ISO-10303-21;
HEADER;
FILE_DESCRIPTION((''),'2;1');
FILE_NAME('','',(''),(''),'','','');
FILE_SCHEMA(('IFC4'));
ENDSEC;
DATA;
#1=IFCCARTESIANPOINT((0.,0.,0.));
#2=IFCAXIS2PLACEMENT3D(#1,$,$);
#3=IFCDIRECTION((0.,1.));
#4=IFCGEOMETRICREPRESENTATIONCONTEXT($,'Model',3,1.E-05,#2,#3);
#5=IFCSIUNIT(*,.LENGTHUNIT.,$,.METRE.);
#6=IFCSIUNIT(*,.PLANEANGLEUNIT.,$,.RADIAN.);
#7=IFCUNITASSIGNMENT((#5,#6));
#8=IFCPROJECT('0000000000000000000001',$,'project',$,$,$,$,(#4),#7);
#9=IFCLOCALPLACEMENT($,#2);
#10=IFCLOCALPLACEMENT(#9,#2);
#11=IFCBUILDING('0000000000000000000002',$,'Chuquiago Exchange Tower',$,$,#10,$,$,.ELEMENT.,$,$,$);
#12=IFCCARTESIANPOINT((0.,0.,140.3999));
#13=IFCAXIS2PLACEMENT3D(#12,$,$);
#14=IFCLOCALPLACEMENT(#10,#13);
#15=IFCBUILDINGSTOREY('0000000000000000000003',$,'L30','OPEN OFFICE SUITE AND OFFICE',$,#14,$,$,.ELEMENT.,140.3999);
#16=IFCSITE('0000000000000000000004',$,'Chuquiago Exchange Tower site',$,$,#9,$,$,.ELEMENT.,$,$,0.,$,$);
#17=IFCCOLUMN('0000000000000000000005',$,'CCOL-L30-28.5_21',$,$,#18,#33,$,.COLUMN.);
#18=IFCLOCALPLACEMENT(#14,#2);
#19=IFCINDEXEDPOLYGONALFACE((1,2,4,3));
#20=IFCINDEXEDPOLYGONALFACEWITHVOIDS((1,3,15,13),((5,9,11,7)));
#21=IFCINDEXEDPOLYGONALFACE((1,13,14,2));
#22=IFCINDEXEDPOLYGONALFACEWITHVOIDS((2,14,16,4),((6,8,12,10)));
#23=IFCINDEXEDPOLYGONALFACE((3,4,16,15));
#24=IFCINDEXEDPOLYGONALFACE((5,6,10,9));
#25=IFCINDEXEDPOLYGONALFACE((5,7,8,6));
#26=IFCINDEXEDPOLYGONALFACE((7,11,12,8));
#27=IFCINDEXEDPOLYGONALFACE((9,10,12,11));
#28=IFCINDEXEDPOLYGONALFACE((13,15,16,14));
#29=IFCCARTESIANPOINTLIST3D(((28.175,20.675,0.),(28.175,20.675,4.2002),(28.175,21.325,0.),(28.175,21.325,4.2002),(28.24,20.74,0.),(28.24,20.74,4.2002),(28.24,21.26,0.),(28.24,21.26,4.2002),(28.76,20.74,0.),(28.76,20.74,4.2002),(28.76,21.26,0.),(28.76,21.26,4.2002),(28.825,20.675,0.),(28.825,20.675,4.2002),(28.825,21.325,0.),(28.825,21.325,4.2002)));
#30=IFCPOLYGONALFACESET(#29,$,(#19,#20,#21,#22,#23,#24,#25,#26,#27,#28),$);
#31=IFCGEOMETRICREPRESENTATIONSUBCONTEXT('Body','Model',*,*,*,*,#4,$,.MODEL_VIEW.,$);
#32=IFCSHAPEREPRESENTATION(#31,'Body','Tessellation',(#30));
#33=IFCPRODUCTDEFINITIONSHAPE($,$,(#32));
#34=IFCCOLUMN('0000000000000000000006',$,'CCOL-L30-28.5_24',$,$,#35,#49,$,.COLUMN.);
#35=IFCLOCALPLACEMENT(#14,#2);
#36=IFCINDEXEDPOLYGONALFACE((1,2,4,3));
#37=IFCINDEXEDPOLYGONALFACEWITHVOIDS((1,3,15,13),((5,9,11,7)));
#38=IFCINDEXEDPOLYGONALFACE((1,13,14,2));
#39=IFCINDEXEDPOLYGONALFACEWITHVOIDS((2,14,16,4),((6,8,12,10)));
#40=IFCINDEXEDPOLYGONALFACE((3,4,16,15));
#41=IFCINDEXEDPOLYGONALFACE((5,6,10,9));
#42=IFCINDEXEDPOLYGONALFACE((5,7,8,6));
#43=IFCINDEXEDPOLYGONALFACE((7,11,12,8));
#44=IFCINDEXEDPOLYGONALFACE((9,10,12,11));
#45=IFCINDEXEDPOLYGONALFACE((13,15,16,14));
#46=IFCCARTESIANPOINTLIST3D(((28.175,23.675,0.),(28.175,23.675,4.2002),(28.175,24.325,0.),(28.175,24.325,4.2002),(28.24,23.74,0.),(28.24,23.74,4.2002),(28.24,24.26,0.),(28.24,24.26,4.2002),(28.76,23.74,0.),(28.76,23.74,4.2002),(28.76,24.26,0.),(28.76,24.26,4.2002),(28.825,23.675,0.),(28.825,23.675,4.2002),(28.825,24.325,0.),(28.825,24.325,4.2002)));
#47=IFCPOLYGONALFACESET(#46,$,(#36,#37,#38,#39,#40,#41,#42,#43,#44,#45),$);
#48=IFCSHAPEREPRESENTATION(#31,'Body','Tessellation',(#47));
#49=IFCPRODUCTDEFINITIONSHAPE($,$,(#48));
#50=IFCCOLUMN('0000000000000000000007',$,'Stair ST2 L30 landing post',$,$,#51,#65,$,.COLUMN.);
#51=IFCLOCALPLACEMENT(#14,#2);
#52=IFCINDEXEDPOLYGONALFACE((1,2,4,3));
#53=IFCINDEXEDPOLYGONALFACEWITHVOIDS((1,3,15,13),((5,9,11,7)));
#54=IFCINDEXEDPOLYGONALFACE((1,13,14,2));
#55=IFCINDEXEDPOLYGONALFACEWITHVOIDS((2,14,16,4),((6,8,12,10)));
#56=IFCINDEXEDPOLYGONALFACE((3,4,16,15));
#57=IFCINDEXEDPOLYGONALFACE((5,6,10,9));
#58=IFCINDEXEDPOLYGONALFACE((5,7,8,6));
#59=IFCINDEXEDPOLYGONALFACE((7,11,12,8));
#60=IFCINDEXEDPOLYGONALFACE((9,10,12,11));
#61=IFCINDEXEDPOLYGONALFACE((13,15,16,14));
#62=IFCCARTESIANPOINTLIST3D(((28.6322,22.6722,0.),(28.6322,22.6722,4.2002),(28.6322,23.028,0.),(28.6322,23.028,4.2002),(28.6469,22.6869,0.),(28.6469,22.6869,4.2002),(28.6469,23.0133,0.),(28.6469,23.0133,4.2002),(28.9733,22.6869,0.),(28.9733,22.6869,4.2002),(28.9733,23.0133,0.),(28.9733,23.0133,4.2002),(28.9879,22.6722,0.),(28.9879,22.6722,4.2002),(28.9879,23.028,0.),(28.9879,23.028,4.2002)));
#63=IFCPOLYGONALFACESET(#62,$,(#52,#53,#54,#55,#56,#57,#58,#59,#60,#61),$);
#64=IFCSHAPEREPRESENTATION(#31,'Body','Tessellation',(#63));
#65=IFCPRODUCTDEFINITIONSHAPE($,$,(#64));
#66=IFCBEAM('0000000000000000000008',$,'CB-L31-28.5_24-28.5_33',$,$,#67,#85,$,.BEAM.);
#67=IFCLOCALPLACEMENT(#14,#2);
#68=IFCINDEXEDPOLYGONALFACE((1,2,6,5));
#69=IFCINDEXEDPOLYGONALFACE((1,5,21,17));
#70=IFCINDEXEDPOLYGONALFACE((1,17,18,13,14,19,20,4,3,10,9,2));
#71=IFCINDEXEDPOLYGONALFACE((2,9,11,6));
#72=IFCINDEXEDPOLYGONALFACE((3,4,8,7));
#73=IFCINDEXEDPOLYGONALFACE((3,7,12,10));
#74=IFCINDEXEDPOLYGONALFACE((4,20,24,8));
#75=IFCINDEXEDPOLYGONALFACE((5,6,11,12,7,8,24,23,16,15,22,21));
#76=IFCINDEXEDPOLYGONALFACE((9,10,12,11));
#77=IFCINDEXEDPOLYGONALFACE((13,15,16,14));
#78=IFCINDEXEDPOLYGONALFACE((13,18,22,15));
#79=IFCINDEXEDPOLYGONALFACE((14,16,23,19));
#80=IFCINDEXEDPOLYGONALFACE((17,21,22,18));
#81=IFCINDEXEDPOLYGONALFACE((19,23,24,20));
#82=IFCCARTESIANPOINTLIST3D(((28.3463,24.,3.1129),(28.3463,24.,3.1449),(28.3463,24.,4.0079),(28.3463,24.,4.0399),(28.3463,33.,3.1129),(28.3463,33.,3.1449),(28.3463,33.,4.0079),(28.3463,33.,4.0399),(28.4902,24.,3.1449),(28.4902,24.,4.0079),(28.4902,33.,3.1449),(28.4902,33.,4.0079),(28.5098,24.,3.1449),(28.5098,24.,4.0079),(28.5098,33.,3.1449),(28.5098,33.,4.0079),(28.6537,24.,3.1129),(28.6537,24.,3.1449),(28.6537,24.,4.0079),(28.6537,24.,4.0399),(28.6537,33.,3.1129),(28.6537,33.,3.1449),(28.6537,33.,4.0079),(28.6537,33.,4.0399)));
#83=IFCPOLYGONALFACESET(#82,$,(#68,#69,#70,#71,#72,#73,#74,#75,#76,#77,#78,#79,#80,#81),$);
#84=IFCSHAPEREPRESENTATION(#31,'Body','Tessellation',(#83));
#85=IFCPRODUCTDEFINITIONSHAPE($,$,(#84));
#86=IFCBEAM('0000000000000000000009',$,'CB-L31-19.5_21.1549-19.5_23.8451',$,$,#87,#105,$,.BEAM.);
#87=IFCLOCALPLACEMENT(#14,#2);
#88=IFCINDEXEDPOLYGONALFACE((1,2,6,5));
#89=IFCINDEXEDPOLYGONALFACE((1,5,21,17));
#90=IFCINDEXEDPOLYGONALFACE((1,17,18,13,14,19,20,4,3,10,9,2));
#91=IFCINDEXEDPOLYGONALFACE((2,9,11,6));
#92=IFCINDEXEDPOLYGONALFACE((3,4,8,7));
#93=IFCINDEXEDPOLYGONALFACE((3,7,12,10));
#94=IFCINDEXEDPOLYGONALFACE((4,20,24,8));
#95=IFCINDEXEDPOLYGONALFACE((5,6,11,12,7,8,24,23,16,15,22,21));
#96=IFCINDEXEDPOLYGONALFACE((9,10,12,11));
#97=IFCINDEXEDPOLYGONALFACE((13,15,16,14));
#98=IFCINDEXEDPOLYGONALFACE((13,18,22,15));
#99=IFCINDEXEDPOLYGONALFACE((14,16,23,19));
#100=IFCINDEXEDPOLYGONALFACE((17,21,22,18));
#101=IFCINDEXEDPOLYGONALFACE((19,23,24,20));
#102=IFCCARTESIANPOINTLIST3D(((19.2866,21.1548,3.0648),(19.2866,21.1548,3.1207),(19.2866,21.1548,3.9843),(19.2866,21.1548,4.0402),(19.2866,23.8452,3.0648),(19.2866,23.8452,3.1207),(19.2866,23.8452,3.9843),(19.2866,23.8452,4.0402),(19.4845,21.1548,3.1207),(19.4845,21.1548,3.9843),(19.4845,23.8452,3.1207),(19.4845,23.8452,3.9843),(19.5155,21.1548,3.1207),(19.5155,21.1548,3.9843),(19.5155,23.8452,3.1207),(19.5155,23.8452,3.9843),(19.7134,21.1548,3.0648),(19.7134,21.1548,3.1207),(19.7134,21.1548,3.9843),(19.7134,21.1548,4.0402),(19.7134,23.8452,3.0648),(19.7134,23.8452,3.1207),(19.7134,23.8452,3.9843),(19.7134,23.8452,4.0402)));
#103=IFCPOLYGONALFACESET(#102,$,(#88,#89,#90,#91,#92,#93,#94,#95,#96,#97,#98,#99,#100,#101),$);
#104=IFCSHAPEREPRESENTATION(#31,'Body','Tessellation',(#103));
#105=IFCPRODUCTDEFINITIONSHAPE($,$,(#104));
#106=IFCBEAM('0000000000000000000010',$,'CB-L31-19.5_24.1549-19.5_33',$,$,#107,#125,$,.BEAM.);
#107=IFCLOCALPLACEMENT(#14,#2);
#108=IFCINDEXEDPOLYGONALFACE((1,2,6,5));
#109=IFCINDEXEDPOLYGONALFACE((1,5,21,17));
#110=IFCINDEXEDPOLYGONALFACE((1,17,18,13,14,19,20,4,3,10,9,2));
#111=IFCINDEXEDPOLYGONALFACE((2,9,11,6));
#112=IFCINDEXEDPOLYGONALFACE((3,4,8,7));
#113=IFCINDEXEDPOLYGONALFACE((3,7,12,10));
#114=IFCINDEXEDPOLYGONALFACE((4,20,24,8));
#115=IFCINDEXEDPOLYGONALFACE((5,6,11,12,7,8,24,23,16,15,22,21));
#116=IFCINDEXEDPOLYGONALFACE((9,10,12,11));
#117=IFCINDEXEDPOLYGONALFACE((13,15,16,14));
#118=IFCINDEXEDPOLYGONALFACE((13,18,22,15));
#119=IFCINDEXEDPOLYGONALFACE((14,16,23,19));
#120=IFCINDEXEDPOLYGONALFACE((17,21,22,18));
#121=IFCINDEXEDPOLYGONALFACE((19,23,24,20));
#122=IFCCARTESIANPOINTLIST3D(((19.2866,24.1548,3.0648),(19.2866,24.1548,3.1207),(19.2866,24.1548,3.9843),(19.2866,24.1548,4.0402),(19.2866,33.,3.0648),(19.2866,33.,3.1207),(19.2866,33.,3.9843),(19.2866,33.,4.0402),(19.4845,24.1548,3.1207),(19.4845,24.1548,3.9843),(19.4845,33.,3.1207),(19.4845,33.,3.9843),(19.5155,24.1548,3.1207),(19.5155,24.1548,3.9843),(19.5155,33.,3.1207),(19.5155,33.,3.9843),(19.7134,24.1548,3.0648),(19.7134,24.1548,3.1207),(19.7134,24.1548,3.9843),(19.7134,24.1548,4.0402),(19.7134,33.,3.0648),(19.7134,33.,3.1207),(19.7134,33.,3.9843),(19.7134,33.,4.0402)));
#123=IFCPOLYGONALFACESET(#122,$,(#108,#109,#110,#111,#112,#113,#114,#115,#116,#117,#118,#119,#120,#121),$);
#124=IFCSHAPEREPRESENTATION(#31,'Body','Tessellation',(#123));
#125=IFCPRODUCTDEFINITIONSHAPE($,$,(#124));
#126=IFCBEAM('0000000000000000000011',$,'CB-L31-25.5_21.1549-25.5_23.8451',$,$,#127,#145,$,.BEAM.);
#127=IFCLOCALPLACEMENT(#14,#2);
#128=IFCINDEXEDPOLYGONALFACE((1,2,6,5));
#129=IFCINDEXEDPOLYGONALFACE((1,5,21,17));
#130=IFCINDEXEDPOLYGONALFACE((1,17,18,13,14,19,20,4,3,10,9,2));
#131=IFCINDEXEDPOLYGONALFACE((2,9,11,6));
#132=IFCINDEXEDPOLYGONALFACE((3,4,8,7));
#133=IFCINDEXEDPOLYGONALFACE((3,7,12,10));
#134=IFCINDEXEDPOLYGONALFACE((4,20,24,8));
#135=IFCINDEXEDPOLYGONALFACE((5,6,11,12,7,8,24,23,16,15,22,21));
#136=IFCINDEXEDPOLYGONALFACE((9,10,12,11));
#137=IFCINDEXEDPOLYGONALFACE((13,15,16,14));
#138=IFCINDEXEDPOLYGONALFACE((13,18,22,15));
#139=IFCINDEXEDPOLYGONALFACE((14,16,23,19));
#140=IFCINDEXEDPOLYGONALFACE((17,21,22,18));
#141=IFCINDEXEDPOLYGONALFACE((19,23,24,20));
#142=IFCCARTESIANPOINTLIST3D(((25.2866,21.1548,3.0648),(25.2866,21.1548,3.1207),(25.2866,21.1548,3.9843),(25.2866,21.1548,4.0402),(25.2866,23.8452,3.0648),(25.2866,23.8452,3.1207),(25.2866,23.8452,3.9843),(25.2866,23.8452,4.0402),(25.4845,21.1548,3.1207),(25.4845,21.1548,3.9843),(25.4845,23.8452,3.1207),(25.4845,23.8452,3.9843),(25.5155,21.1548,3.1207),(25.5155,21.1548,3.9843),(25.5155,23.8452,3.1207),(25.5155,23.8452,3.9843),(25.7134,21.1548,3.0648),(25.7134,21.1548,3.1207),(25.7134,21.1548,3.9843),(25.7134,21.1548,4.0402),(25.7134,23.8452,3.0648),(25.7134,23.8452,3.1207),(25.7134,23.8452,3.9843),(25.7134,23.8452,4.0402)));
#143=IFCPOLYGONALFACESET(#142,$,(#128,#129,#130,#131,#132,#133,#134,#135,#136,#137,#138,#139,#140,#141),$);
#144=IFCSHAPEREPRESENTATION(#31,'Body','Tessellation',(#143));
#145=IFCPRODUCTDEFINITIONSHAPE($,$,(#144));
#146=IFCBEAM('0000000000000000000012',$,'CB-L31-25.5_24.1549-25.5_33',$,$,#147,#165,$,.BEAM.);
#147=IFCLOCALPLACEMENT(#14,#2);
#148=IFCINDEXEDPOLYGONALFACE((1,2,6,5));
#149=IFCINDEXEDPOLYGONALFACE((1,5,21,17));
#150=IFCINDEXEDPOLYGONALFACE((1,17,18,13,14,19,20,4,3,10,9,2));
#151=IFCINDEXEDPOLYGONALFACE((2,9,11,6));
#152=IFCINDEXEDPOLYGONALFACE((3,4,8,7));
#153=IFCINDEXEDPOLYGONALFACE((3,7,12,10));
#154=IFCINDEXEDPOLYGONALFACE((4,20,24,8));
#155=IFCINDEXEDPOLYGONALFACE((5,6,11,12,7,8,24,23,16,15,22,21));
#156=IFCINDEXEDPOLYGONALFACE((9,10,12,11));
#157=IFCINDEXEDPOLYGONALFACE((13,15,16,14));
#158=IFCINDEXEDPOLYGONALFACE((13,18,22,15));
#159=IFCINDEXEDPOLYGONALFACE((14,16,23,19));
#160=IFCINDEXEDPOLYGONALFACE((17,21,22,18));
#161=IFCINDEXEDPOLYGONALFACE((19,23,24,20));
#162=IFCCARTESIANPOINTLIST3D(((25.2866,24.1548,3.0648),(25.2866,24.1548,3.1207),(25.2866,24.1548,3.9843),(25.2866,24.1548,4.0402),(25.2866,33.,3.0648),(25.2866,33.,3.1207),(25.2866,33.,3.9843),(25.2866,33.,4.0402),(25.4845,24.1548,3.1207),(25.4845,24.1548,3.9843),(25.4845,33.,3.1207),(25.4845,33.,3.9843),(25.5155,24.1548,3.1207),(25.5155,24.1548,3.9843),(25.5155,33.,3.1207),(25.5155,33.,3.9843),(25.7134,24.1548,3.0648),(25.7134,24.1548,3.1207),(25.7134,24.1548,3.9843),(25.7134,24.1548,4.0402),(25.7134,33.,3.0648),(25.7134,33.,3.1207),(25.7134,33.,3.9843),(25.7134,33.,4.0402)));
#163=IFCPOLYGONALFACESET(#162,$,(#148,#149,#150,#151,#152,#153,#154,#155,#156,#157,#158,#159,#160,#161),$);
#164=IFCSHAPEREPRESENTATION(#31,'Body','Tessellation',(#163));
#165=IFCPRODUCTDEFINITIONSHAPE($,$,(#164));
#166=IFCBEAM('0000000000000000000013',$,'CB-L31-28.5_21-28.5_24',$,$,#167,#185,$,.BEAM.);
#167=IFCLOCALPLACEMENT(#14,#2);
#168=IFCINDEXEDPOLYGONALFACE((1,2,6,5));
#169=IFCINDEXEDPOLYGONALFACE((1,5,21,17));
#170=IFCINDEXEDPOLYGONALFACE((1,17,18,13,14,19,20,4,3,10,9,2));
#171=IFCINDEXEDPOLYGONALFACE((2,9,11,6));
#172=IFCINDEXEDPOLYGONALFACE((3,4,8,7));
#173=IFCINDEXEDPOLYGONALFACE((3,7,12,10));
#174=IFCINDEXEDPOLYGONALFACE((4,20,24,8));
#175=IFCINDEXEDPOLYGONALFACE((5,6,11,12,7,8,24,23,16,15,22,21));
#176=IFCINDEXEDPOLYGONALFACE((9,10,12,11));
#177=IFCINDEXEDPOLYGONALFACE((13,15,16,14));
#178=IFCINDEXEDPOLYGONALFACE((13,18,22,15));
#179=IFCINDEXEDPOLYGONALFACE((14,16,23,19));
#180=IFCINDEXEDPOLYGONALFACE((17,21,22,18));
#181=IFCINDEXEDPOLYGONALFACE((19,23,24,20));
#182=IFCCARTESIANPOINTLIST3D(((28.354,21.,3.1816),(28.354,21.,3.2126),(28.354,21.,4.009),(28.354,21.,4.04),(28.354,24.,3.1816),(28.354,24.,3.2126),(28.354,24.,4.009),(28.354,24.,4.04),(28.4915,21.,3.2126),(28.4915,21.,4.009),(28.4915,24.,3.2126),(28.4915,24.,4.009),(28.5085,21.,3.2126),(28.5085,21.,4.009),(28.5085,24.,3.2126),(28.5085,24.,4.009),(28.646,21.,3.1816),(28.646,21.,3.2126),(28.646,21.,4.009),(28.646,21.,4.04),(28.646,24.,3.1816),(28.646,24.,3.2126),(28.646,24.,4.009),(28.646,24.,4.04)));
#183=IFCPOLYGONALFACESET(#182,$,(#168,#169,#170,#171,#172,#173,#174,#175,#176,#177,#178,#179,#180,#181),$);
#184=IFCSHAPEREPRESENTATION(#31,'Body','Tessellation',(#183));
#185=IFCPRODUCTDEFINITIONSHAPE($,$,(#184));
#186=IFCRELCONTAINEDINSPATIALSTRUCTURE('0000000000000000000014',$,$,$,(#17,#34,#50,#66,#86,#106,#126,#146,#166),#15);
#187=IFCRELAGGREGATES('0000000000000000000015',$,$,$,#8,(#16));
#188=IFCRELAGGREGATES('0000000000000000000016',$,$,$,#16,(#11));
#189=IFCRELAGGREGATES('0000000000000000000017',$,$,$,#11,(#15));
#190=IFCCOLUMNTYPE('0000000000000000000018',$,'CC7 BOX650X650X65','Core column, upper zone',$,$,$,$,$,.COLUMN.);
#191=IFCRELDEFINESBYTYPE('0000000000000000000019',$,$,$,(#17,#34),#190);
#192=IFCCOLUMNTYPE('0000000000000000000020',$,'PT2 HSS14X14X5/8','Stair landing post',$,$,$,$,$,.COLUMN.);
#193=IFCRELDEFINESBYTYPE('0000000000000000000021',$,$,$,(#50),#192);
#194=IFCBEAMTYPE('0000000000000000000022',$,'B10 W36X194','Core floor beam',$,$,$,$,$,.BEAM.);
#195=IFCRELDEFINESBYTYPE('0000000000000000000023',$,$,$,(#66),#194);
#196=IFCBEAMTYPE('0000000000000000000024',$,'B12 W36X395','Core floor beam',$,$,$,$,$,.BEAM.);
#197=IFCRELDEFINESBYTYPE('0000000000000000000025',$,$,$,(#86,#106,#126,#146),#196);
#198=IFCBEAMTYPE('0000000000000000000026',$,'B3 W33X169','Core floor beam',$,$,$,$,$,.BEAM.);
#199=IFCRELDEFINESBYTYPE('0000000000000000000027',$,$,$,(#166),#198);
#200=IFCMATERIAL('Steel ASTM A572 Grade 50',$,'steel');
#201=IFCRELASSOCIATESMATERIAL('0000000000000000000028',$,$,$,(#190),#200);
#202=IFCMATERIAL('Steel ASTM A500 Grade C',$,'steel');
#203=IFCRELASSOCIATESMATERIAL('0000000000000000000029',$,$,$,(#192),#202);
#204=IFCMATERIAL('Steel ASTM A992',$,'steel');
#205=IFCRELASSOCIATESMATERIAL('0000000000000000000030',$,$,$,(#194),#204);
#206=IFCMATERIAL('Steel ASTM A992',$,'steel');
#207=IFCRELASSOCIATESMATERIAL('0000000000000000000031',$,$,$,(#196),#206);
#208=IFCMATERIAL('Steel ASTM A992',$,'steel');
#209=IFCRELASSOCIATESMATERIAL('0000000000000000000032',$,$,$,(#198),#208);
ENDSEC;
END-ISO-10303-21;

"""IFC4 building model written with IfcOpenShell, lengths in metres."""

from ifc_helpers import new_model, si_unit, direction, frame, origin, origin_2d, place, context, subcontext, project, spatial, hollow_rectangle, i_section, extrude, material, material_profile, profile_set, type_object, element, save


model = new_model("IFC4")

# Units and contexts
model_context = context("Model", 3, precision=1e-05, world=origin(), true_north=direction((0.0, 1.0)))
body_context = subcontext(model_context, "Body", "Model", "MODEL_VIEW")
ifc_project = project(units=[si_unit("LENGTHUNIT", "METRE"), si_unit("PLANEANGLEUNIT", "RADIAN")], contexts=[model_context])

# Site, building, storey
site_placement = place(None, origin())
site = spatial("IfcSite", under=ifc_project, at=site_placement, Name="Chuquiago Exchange Tower site", CompositionType="ELEMENT", RefElevation=0.0)
building_placement = place(site_placement, origin())
building = spatial("IfcBuilding", under=site, at=building_placement, Name="Chuquiago Exchange Tower", CompositionType="ELEMENT")
storey_placement = place(building_placement, frame((0.0, 0.0, 140.3999)))
storey = spatial("IfcBuildingStorey", under=building, at=storey_placement, Name="L30", Description="OPEN OFFICE SUITE AND OFFICE", CompositionType="ELEMENT", Elevation=140.3999)

# Columns
ifc_material_1 = material(Name="Steel ASTM A572 Grade 50", Category="steel")
ifc_material_profile_1 = material_profile(ifc_material_1, hollow_rectangle(XDim=0.6499, YDim=0.6499, WallThickness=0.0649, at=origin_2d()), Name="BOX650X650X65")
ifc_profile_set_1 = profile_set([ifc_material_profile_1], Name="Steel ASTM A572 Grade 50")
column_type_1 = type_object("IfcColumnType", Name="CC7 BOX650X650X65", Description="Core column, upper zone", PredefinedType="COLUMN", material=ifc_profile_set_1)
for number, where, z_axis, x_axis, name in (
    (1, (28.5, 21.0, 0.0), (0.0, 0.0, 1.0), (1.0, 0.0, 0.0), "CCOL-L30-28.5_21"),
    (2, (28.5, 24.0, 0.0), (0.0, 0.0, 1.0), (1.0, 0.0, 0.0), "CCOL-L30-28.5_24"),
):
    element("IfcColumn", number, at=place(storey_placement, frame(where, z_axis=z_axis, x_axis=x_axis)), inside=storey, type_object=column_type_1, Name=name, PredefinedType="COLUMN", context=body_context, shape_type="SweptSolid", body=[
        extrude(hollow_rectangle(XDim=0.6499, YDim=0.6499, WallThickness=0.0649, at=origin_2d()), origin(), (0.0, 0.0, 1.0), 4.2002),
    ])
ifc_material_2 = material(Name="Steel ASTM A500 Grade C", Category="steel")
ifc_material_profile_2 = material_profile(ifc_material_2, hollow_rectangle(XDim=0.3557, YDim=0.3557, WallThickness=0.0146, at=origin_2d()), Name="HSS14X14X5/8")
ifc_profile_set_2 = profile_set([ifc_material_profile_2], Name="Steel ASTM A500 Grade C")
column_type_2 = type_object("IfcColumnType", Name="PT2 HSS14X14X5/8", Description="Stair landing post", PredefinedType="COLUMN", material=ifc_profile_set_2)
column_placement = place(storey_placement, frame((28.8101, 22.8501, 0.0), z_axis=(0.0, 0.0, 1.0), x_axis=(1.0, 0.0, 0.0)))
element("IfcColumn", 3, at=column_placement, inside=storey, type_object=column_type_2, Name="Stair ST2 L30 landing post", PredefinedType="COLUMN", context=body_context, shape_type="SweptSolid", body=[
    extrude(hollow_rectangle(XDim=0.3557, YDim=0.3557, WallThickness=0.0146, at=origin_2d()), origin(), (0.0, 0.0, 1.0), 4.2002),
])

# Beams
ifc_material_3 = material(Name="Steel ASTM A992", Category="steel")
ifc_material_profile_3 = material_profile(ifc_material_3, i_section(OverallWidth=0.3074, OverallDepth=0.927, WebThickness=0.0195, FlangeThickness=0.032, at=origin_2d()), Name="W36X194")
ifc_profile_set_3 = profile_set([ifc_material_profile_3], Name="Steel ASTM A992")
beam_type_1 = type_object("IfcBeamType", Name="B10 W36X194", Description="Core floor beam", PredefinedType="BEAM", material=ifc_profile_set_3)
beam_1_placement = place(storey_placement, frame((28.5, 24.0, 3.5764), z_axis=(0.0, 1.0, 0.0), x_axis=(-1.0, 0.0, 0.0)))
element("IfcBeam", 4, at=beam_1_placement, inside=storey, type_object=beam_type_1, Name="CB-L31-28.5_24-28.5_33", PredefinedType="BEAM", context=body_context, shape_type="SweptSolid", body=[
    extrude(i_section(OverallWidth=0.3074, OverallDepth=0.927, WebThickness=0.0195, FlangeThickness=0.032, at=origin_2d()), origin(), (0.0, 0.0, 1.0), 9.0),
])
ifc_material_4 = material(Name="Steel ASTM A992", Category="steel")
ifc_material_profile_4 = material_profile(ifc_material_4, i_section(OverallWidth=0.4268, OverallDepth=0.9753, WebThickness=0.031, FlangeThickness=0.0559, at=origin_2d()), Name="W36X395")
ifc_profile_set_4 = profile_set([ifc_material_profile_4], Name="Steel ASTM A992")
beam_type_2 = type_object("IfcBeamType", Name="B12 W36X395", Description="Core floor beam", PredefinedType="BEAM", material=ifc_profile_set_4)
beam_2_placement = place(storey_placement, frame((19.5, 21.1548, 3.5525), z_axis=(0.0, 1.0, 0.0), x_axis=(-1.0, 0.0, 0.0)))
element("IfcBeam", 5, at=beam_2_placement, inside=storey, type_object=beam_type_2, Name="CB-L31-19.5_21.1549-19.5_23.8451", PredefinedType="BEAM", context=body_context, shape_type="SweptSolid", body=[
    extrude(i_section(OverallWidth=0.4268, OverallDepth=0.9753, WebThickness=0.031, FlangeThickness=0.0559, at=origin_2d()), origin(), (0.0, 0.0, 1.0), 2.6904),
])
beam_3_placement = place(storey_placement, frame((19.5, 24.1548, 3.5525), z_axis=(0.0, 1.0, 0.0), x_axis=(-1.0, 0.0, 0.0)))
element("IfcBeam", 6, at=beam_3_placement, inside=storey, type_object=beam_type_2, Name="CB-L31-19.5_24.1549-19.5_33", PredefinedType="BEAM", context=body_context, shape_type="SweptSolid", body=[
    extrude(i_section(OverallWidth=0.4268, OverallDepth=0.9753, WebThickness=0.031, FlangeThickness=0.0559, at=origin_2d()), origin(), (0.0, 0.0, 1.0), 8.8452),
])
beam_4_placement = place(storey_placement, frame((25.5, 21.1548, 3.5525), z_axis=(0.0, 1.0, 0.0), x_axis=(-1.0, 0.0, 0.0)))
element("IfcBeam", 7, at=beam_4_placement, inside=storey, type_object=beam_type_2, Name="CB-L31-25.5_21.1549-25.5_23.8451", PredefinedType="BEAM", context=body_context, shape_type="SweptSolid", body=[
    extrude(i_section(OverallWidth=0.4268, OverallDepth=0.9753, WebThickness=0.031, FlangeThickness=0.0559, at=origin_2d()), origin(), (0.0, 0.0, 1.0), 2.6904),
])
beam_5_placement = place(storey_placement, frame((25.5, 24.1548, 3.5525), z_axis=(0.0, 1.0, 0.0), x_axis=(-1.0, 0.0, 0.0)))
element("IfcBeam", 8, at=beam_5_placement, inside=storey, type_object=beam_type_2, Name="CB-L31-25.5_24.1549-25.5_33", PredefinedType="BEAM", context=body_context, shape_type="SweptSolid", body=[
    extrude(i_section(OverallWidth=0.4268, OverallDepth=0.9753, WebThickness=0.031, FlangeThickness=0.0559, at=origin_2d()), origin(), (0.0, 0.0, 1.0), 8.8452),
])
ifc_material_5 = material(Name="Steel ASTM A992", Category="steel")
ifc_material_profile_5 = material_profile(ifc_material_5, i_section(OverallWidth=0.292, OverallDepth=0.8584, WebThickness=0.0171, FlangeThickness=0.031, at=origin_2d()), Name="W33X169")
ifc_profile_set_5 = profile_set([ifc_material_profile_5], Name="Steel ASTM A992")
beam_type_3 = type_object("IfcBeamType", Name="B3 W33X169", Description="Core floor beam", PredefinedType="BEAM", material=ifc_profile_set_5)
beam_6_placement = place(storey_placement, frame((28.5, 21.0, 3.6108), z_axis=(0.0, 1.0, 0.0), x_axis=(-1.0, 0.0, 0.0)))
element("IfcBeam", 9, at=beam_6_placement, inside=storey, type_object=beam_type_3, Name="CB-L31-28.5_21-28.5_24", PredefinedType="BEAM", context=body_context, shape_type="SweptSolid", body=[
    extrude(i_section(OverallWidth=0.292, OverallDepth=0.8584, WebThickness=0.0171, FlangeThickness=0.031, at=origin_2d()), origin(), (0.0, 0.0, 1.0), 3.0),
])

save(model, "model.ifc")
